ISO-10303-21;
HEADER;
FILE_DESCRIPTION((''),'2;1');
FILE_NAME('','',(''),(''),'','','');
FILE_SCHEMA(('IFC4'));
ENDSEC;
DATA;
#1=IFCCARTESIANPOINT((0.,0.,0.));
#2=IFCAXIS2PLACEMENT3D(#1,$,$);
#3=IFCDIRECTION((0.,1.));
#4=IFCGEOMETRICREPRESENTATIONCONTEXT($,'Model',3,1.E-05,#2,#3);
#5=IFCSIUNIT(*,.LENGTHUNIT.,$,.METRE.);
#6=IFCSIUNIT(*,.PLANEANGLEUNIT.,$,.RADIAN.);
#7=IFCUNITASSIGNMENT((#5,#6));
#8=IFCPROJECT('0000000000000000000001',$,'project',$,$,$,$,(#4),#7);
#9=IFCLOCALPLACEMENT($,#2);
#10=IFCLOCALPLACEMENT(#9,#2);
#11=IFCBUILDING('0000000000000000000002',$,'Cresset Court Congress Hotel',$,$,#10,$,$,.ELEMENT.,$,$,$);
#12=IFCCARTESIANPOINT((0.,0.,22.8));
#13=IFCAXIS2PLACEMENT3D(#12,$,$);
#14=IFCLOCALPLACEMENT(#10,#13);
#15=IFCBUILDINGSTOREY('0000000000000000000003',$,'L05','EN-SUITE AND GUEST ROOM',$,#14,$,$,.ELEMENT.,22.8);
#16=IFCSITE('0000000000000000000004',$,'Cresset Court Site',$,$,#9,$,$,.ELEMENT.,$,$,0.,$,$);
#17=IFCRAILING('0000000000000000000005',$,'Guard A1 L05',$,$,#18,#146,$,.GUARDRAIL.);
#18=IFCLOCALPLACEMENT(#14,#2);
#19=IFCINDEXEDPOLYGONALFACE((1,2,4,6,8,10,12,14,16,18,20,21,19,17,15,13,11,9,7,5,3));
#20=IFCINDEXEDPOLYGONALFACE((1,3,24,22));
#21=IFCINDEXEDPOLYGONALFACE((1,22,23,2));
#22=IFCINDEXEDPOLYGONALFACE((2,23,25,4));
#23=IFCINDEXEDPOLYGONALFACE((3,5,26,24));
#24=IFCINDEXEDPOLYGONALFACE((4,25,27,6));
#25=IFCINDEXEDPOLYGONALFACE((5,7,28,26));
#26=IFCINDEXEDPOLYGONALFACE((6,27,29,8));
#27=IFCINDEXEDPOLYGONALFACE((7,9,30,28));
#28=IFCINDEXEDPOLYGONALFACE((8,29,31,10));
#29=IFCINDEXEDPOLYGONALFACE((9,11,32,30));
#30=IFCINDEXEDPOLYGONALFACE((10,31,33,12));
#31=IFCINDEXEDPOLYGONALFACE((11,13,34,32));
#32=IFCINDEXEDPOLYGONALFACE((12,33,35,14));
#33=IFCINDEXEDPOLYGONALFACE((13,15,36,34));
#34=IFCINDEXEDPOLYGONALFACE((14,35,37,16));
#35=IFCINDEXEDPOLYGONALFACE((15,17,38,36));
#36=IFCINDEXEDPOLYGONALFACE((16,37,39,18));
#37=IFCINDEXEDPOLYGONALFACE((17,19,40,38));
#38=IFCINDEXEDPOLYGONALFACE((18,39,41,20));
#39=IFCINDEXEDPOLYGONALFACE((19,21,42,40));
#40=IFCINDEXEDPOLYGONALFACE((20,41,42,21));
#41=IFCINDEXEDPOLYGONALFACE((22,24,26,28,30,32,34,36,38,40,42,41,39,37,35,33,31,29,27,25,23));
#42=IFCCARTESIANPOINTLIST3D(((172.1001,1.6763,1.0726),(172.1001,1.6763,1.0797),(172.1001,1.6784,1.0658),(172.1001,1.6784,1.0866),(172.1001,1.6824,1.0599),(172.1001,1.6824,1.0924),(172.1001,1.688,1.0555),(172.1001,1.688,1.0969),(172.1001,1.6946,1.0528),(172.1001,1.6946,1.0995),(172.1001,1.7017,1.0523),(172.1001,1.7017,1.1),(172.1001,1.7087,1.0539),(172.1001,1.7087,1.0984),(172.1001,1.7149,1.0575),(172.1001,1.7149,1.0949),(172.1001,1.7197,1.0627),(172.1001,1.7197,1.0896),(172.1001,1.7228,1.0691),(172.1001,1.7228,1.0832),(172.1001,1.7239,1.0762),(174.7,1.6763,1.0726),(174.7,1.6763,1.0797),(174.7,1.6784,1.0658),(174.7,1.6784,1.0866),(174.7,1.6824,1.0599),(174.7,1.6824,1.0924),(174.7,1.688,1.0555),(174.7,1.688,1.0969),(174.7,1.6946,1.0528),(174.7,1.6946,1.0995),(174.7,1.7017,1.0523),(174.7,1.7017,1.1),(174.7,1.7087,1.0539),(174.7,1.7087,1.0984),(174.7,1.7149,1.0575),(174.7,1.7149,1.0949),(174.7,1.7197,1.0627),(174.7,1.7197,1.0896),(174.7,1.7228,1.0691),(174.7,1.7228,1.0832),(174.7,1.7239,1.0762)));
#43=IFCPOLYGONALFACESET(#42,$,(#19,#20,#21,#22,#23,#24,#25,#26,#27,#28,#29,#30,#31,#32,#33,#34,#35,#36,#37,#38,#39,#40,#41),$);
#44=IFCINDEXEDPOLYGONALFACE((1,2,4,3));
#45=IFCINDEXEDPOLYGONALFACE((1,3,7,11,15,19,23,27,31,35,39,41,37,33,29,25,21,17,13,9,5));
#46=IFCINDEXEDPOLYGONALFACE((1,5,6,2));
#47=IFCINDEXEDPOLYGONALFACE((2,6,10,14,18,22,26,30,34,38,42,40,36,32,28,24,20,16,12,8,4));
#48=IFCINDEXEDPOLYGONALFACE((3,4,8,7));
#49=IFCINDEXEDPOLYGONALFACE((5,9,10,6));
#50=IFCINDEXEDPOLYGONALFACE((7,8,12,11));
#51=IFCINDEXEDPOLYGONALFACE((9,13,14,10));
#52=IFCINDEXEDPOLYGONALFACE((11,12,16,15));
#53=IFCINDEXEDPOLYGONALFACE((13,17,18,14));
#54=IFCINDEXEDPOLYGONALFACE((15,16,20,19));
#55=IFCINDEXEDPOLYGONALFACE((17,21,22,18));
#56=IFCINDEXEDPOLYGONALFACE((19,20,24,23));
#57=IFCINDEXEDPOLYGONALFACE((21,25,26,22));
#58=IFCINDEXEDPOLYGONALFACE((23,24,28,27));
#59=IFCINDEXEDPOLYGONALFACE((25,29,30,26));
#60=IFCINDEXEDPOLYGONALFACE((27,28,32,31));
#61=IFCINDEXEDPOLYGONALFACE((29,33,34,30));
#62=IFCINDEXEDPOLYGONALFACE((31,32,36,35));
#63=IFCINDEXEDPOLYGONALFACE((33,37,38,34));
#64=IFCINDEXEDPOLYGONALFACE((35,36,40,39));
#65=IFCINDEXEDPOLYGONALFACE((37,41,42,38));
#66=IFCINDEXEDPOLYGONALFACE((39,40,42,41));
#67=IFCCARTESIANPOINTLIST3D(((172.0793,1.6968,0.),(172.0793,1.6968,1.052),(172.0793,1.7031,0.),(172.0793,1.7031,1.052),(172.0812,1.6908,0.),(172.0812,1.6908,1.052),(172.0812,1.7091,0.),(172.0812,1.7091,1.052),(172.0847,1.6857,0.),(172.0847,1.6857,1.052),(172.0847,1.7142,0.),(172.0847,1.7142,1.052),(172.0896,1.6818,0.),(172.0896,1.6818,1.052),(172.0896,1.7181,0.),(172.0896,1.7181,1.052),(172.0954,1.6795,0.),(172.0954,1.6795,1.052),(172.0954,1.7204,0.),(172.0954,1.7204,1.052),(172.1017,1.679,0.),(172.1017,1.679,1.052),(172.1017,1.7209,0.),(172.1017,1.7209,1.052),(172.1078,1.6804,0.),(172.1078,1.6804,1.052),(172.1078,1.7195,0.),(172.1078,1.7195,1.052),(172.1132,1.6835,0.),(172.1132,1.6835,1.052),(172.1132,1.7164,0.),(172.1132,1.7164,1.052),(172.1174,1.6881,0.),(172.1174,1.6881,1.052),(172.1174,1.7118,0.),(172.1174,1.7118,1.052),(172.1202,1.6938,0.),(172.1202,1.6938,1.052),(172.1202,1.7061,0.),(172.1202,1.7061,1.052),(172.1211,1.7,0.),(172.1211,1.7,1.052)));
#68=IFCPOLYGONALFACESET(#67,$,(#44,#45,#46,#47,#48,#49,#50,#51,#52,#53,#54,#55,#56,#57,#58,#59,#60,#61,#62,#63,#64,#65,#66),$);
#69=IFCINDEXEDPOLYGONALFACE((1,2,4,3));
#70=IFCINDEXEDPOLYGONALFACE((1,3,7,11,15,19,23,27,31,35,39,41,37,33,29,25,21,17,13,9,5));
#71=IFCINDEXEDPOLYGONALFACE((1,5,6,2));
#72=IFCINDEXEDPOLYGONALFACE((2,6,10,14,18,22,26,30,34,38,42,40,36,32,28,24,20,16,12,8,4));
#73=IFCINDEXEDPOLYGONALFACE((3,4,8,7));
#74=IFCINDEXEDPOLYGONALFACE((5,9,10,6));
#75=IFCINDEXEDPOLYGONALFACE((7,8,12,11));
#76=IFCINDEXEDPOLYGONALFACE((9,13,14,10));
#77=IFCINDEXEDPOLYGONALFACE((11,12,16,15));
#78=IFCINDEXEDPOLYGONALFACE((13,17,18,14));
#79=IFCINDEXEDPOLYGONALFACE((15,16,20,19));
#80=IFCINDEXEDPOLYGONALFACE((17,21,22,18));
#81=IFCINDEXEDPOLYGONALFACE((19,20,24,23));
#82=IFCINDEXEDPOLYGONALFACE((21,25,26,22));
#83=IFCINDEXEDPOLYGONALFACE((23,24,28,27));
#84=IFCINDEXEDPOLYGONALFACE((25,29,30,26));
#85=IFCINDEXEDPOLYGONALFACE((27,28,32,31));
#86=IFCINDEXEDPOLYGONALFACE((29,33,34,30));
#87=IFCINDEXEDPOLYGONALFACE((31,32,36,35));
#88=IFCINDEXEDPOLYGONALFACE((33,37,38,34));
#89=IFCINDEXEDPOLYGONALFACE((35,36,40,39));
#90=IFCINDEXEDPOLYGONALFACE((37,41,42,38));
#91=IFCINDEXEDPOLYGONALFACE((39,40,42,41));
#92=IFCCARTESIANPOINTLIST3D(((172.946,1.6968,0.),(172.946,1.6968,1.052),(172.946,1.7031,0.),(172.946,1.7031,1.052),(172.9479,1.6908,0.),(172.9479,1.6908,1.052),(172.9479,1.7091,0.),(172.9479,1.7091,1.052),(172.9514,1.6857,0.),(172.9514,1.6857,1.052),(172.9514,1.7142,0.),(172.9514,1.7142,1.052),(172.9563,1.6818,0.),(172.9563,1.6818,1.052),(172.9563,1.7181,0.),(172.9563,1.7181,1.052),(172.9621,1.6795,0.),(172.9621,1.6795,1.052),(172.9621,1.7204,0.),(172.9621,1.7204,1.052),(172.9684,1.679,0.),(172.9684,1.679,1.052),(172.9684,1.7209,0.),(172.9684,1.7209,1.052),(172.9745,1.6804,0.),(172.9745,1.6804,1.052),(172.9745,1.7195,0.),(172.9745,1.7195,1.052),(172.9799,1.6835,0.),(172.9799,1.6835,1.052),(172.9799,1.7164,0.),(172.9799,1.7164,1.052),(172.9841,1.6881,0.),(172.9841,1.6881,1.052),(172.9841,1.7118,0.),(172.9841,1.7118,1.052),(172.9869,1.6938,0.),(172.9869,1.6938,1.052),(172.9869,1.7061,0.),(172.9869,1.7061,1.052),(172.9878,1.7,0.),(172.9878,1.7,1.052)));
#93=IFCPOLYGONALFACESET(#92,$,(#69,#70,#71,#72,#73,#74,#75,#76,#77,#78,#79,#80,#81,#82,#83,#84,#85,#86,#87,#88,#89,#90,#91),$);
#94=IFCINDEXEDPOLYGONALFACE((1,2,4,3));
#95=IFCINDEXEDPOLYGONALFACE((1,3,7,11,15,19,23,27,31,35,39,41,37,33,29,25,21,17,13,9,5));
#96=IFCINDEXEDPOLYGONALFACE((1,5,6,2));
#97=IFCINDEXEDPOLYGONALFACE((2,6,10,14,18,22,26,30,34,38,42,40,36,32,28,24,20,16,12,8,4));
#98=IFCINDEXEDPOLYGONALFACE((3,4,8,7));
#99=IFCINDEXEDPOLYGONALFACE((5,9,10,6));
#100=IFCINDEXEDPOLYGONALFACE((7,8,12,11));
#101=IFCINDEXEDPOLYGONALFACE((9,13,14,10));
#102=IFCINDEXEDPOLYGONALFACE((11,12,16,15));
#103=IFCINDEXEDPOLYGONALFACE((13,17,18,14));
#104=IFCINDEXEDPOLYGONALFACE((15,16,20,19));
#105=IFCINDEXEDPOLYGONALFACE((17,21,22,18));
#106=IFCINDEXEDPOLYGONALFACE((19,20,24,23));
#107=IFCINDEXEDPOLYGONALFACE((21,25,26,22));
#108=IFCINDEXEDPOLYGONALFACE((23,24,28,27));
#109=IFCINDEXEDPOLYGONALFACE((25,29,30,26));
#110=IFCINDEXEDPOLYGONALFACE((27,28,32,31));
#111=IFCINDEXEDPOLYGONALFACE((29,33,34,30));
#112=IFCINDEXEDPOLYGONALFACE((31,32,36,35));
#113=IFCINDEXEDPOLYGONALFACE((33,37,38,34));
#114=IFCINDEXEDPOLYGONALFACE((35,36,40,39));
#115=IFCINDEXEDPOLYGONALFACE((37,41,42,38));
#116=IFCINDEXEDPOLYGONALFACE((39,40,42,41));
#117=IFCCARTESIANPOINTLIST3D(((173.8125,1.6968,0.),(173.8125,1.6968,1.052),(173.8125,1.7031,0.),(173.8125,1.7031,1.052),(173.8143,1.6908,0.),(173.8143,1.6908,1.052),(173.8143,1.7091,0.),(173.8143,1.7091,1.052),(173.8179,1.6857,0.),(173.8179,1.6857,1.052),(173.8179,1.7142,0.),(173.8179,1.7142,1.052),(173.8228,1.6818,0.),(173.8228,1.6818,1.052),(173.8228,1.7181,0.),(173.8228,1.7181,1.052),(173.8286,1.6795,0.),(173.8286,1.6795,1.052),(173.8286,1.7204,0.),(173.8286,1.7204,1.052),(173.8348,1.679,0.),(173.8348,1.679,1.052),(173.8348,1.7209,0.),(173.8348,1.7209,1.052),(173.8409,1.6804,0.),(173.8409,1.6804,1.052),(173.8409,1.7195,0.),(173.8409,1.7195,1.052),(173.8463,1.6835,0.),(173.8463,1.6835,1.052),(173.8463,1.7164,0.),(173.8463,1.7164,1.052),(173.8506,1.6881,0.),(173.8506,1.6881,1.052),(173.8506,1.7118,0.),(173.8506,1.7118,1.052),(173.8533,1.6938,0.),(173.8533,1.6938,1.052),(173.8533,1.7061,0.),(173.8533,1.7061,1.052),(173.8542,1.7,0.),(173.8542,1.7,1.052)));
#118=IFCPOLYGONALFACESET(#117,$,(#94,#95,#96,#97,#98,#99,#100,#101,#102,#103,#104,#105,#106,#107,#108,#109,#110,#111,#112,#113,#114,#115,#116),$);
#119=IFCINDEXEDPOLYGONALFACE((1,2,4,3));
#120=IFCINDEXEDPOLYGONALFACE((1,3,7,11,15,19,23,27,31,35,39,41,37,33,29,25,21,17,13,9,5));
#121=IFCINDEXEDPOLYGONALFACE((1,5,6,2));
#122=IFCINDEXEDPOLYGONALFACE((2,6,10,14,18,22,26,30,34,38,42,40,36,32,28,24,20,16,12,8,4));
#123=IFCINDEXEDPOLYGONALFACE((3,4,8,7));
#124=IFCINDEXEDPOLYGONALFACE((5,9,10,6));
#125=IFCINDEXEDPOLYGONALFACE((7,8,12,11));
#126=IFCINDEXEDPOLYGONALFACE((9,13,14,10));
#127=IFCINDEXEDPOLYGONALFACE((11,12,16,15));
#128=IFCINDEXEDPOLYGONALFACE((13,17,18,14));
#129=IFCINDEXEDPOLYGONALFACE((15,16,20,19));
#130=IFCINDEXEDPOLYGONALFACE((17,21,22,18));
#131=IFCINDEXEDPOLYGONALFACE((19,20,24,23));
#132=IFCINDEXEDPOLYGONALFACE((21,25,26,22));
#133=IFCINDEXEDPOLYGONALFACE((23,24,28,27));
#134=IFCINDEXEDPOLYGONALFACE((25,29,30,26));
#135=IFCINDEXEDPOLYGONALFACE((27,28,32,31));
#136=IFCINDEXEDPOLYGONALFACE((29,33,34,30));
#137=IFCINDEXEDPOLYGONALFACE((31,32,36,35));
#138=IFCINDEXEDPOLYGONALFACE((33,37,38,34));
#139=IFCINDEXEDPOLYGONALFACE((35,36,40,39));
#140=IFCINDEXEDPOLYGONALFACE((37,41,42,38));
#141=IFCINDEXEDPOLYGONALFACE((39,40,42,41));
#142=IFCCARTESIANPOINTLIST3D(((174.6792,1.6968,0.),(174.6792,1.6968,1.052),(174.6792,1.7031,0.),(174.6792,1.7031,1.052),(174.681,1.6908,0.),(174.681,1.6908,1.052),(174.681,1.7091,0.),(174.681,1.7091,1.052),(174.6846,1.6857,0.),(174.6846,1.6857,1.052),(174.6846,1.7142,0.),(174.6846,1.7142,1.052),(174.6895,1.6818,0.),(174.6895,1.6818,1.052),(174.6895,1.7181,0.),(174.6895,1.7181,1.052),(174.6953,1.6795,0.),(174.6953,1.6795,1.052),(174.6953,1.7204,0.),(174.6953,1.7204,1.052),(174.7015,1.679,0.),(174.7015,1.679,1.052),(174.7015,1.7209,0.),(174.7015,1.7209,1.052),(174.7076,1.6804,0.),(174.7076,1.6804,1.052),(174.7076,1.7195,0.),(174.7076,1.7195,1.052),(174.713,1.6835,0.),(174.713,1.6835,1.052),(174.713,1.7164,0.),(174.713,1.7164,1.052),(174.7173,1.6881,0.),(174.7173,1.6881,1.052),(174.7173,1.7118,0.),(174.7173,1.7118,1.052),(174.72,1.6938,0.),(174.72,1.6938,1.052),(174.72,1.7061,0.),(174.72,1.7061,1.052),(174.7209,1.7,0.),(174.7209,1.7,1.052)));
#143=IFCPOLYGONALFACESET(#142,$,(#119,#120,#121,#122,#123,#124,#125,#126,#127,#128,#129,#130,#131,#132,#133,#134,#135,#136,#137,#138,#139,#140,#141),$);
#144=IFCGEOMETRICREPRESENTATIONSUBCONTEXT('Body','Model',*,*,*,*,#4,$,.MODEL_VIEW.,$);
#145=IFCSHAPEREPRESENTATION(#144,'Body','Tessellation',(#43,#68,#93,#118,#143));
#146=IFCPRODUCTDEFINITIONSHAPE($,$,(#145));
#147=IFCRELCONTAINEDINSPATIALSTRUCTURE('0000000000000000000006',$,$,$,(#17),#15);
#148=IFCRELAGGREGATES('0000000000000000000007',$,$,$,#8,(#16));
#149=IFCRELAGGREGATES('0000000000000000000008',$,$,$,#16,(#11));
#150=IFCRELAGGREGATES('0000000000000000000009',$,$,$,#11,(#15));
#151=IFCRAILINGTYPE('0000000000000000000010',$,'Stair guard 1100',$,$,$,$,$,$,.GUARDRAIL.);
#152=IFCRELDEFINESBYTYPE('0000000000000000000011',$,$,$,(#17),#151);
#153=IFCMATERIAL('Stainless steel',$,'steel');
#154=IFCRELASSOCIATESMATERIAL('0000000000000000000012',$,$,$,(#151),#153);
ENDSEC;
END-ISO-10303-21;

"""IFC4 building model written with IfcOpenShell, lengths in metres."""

from ifc_helpers import new_model, si_unit, direction, frame, origin, origin_2d, place, context, subcontext, project, spatial, circle, extrude, material, type_object, element, save


model = new_model("IFC4")

# Units and contexts
model_context = context("Model", 3, precision=1e-05, world=origin(), true_north=direction((0.0, 1.0)))
body_context = subcontext(model_context, "Body", "Model", "MODEL_VIEW")
ifc_project = project(units=[si_unit("LENGTHUNIT", "METRE"), si_unit("PLANEANGLEUNIT", "RADIAN")], contexts=[model_context])

# Site, building, storey
site_placement = place(None, origin())
site = spatial("IfcSite", under=ifc_project, at=site_placement, Name="Cresset Court Site", CompositionType="ELEMENT", RefElevation=0.0)
building_placement = place(site_placement, origin())
building = spatial("IfcBuilding", under=site, at=building_placement, Name="Cresset Court Congress Hotel", CompositionType="ELEMENT")
storey_placement = place(building_placement, frame((0.0, 0.0, 22.8)))
storey = spatial("IfcBuildingStorey", under=building, at=storey_placement, Name="L05", Description="EN-SUITE AND GUEST ROOM", CompositionType="ELEMENT", Elevation=22.8)

# Railing
ifc_material_1 = material(Name="Stainless steel", Category="steel")
railing_type_1 = type_object("IfcRailingType", Name="Stair guard 1100", PredefinedType="GUARDRAIL", material=ifc_material_1)
railing_1_placement = place(storey_placement, frame((172.1001, 1.7, 0.0)))
element("IfcRailing", 1, at=railing_1_placement, inside=storey, type_object=railing_type_1, Name="Guard A1 L05", PredefinedType="GUARDRAIL", context=body_context, shape_type="SweptSolid", body=[
    extrude(circle(Radius=0.0239, at=origin_2d()), frame((0.0, 0.0, 1.0762), z_axis=(1.0, 0.0, 0.0), x_axis=(0.0, 1.0, 0.0)), (0.0, 0.0, 1.0), 2.5999),
    extrude(circle(Radius=0.021, at=origin_2d()), origin(), (0.0, 0.0, 1.0), 1.052),
    extrude(circle(Radius=0.021, at=origin_2d()), frame((0.8667, 0.0, 0.0)), (0.0, 0.0, 1.0), 1.052),
    extrude(circle(Radius=0.021, at=origin_2d()), frame((1.7332, 0.0, 0.0)), (0.0, 0.0, 1.0), 1.052),
    extrude(circle(Radius=0.021, at=origin_2d()), frame((2.5999, 0.0, 0.0)), (0.0, 0.0, 1.0), 1.052),
])

save(model, "model.ifc")
